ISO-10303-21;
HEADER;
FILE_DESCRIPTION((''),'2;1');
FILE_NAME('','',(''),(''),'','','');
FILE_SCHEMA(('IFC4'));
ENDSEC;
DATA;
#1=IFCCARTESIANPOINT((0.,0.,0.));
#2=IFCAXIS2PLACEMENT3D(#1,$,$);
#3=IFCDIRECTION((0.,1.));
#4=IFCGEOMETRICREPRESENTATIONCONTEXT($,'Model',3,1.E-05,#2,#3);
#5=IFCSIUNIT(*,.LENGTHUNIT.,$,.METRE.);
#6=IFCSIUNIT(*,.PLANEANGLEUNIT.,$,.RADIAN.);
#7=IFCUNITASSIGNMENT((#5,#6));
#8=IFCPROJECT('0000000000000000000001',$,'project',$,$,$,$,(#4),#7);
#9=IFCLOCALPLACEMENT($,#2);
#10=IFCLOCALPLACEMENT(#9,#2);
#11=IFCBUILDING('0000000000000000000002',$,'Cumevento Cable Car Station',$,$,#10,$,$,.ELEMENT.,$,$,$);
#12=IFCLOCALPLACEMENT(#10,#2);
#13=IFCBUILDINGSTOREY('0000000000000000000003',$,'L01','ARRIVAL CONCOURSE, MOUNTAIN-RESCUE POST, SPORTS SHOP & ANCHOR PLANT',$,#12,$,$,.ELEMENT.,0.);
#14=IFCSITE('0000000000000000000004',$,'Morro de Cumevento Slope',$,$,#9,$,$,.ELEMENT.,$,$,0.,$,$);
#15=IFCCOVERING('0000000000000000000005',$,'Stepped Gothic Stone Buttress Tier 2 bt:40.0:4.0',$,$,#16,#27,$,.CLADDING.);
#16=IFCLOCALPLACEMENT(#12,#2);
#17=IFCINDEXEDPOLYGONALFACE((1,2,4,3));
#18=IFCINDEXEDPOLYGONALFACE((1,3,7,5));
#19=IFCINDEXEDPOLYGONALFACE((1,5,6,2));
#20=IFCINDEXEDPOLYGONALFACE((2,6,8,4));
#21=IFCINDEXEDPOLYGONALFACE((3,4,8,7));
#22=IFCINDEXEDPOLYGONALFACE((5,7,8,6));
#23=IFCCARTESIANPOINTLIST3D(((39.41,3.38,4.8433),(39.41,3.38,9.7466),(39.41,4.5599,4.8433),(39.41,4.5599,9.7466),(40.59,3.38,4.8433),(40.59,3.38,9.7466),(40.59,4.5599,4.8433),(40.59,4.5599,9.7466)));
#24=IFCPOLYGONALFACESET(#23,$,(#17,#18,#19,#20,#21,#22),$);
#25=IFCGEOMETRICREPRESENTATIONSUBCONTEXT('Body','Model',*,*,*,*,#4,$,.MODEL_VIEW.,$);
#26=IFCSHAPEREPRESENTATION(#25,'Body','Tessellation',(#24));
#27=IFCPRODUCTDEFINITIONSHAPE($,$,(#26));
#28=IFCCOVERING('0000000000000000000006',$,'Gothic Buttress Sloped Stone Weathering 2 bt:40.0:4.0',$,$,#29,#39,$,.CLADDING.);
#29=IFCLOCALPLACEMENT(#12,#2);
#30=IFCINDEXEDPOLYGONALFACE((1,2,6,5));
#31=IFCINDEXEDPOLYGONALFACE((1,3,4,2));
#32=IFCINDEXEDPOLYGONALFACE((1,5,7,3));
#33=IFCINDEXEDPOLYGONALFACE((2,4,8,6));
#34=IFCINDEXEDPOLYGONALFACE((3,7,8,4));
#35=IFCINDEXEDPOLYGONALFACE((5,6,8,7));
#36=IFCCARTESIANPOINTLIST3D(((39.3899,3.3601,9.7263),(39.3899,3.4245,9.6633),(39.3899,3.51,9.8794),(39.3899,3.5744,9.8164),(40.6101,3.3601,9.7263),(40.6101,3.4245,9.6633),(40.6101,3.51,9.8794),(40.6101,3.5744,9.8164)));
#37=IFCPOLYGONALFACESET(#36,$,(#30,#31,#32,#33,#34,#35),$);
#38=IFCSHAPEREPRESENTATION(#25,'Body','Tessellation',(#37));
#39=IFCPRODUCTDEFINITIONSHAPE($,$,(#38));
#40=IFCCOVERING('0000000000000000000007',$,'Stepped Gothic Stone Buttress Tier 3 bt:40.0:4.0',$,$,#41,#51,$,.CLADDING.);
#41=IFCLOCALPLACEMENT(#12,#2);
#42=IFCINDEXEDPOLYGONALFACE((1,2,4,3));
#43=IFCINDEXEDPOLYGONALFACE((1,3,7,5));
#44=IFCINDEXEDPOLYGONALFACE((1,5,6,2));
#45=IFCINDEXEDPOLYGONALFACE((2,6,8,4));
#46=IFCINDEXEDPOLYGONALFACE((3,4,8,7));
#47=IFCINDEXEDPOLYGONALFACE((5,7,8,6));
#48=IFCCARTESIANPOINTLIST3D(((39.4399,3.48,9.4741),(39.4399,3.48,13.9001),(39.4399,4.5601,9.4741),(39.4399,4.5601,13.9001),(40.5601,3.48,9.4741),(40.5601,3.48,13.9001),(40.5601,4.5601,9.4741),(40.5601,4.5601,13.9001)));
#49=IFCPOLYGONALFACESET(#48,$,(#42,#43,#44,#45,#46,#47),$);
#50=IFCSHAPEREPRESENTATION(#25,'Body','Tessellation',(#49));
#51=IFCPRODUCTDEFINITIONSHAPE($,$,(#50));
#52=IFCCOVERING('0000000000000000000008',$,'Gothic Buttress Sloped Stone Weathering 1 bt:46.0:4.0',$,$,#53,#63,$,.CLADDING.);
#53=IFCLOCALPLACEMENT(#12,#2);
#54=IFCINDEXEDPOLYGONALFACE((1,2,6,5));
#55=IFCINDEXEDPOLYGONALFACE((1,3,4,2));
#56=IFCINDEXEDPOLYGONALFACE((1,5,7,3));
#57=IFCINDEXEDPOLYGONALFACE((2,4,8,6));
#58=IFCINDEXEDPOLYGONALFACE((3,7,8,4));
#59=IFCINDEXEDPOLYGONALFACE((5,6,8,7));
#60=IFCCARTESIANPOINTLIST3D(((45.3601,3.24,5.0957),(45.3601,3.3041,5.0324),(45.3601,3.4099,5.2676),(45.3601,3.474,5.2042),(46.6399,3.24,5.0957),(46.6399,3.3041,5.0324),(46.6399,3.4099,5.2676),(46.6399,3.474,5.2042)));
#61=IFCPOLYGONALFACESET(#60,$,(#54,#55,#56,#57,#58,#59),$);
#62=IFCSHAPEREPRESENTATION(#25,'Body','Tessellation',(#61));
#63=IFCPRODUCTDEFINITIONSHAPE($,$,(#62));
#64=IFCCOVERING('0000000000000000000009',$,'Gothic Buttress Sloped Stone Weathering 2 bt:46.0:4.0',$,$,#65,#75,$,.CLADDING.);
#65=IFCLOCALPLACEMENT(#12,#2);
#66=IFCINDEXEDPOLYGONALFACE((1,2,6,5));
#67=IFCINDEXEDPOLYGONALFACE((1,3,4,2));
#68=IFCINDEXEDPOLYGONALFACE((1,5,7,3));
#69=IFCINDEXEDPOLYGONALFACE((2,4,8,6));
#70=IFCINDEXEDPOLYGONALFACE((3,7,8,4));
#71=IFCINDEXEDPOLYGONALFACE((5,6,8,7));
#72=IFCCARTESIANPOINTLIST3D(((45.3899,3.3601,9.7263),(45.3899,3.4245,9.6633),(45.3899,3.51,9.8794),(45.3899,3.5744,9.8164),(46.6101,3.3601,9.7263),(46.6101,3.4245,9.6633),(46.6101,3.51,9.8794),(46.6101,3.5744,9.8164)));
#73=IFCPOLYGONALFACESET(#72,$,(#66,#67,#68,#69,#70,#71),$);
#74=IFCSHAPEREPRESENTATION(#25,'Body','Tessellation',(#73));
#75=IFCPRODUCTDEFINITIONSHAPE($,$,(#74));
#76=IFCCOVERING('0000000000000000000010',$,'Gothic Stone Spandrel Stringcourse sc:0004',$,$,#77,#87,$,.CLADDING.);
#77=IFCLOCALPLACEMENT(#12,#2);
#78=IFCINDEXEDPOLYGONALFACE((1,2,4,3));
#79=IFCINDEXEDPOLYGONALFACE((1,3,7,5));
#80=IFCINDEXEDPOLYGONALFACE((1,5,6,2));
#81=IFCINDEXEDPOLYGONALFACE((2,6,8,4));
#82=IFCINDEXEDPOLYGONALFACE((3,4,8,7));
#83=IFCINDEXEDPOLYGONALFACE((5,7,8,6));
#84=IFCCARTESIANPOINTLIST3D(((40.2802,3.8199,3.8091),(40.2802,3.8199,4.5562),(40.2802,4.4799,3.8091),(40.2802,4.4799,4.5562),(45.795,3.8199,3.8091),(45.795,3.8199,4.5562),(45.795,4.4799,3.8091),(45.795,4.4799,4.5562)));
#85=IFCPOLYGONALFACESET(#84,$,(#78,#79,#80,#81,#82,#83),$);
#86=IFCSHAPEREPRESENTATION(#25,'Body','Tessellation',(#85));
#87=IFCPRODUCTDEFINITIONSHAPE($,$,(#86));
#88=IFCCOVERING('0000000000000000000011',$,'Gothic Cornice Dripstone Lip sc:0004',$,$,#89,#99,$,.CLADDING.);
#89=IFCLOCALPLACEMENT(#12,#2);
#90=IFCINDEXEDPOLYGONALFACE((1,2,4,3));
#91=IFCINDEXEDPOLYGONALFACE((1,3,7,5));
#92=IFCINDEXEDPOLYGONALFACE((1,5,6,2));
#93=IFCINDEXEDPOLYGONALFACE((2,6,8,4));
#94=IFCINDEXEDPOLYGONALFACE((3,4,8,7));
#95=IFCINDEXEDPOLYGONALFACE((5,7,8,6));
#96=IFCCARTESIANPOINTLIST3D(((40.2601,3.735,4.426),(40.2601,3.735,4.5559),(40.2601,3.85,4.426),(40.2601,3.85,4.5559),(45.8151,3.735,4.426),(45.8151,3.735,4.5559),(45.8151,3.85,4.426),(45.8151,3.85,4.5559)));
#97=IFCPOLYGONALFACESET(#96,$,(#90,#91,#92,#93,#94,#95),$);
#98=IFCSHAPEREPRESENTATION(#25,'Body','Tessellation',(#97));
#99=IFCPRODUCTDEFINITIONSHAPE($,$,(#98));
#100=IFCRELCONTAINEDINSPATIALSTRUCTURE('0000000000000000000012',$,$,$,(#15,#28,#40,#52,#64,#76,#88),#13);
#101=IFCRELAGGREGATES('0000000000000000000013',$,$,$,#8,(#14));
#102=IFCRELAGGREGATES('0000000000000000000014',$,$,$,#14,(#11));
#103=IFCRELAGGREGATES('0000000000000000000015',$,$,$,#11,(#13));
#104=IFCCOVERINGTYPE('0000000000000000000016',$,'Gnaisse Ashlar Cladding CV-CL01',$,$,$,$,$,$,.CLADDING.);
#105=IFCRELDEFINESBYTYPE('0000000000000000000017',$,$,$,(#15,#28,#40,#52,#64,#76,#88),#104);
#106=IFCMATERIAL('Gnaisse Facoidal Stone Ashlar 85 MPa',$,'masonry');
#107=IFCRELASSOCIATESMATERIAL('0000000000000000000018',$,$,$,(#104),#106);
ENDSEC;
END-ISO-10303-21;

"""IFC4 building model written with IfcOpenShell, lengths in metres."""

from ifc_helpers import new_model, si_unit, direction, frame, origin, origin_2d, place, context, subcontext, project, spatial, polyline, rectangle, outline, extrude, material, type_object, element, save


model = new_model("IFC4")

# Units and contexts
model_context = context("Model", 3, precision=1e-05, world=origin(), true_north=direction((0.0, 1.0)))
body_context = subcontext(model_context, "Body", "Model", "MODEL_VIEW")
ifc_project = project(units=[si_unit("LENGTHUNIT", "METRE"), si_unit("PLANEANGLEUNIT", "RADIAN")], contexts=[model_context])

# Site, building, storey
site_placement = place(None, origin())
site = spatial("IfcSite", under=ifc_project, at=site_placement, Name="Morro de Cumevento Slope", CompositionType="ELEMENT", RefElevation=0.0)
building_placement = place(site_placement, origin())
building = spatial("IfcBuilding", under=site, at=building_placement, Name="Cumevento Cable Car Station", CompositionType="ELEMENT")
storey_placement = place(building_placement, origin())
storey = spatial("IfcBuildingStorey", under=building, at=storey_placement, Name="L01", Description="ARRIVAL CONCOURSE, MOUNTAIN-RESCUE POST, SPORTS SHOP & ANCHOR PLANT", CompositionType="ELEMENT", Elevation=0.0)

# Coverings
ifc_material_1 = material(Name="Gnaisse Facoidal Stone Ashlar 85 MPa", Category="masonry")
covering_type = type_object("IfcCoveringType", Name="Gnaisse Ashlar Cladding CV-CL01", PredefinedType="CLADDING", material=ifc_material_1)
covering_1_placement = place(storey_placement, frame((40.0, 3.97, 4.8433), z_axis=(0.0, 0.0, 1.0), x_axis=(1.0, 0.0, 0.0)))
element("IfcCovering", 1, at=covering_1_placement, inside=storey, type_object=covering_type, Name="Stepped Gothic Stone Buttress Tier 2 bt:40.0:4.0", PredefinedType="CLADDING", context=body_context, shape_type="SweptSolid", body=[
    extrude(rectangle(XDim=1.1799, YDim=1.1799, at=origin_2d()), origin(), (0.0, 0.0, 1.0), 4.9033),
])
covering_2_placement = place(storey_placement, frame((39.3899, 3.3601, 9.7263), z_axis=(0.0, -0.714475, 0.699661), x_axis=(1.0, 0.0, 0.0)))
element("IfcCovering", 2, at=covering_2_placement, inside=storey, type_object=covering_type, Name="Gothic Buttress Sloped Stone Weathering 2 bt:40.0:4.0", PredefinedType="CLADDING", context=body_context, shape_type="SweptSolid", body=[
    extrude(outline(polyline([(0.0, 0.0), (1.2202, 0.0), (1.2202, 0.2142), (0.0, 0.2142), (0.0, 0.0)])), origin(), (0.0, 0.0, -1.0), 0.0901),
])
covering_3_placement = place(storey_placement, frame((40.0, 4.02, 9.4741), z_axis=(0.0, 0.0, 1.0), x_axis=(1.0, 0.0, 0.0)))
element("IfcCovering", 3, at=covering_3_placement, inside=storey, type_object=covering_type, Name="Stepped Gothic Stone Buttress Tier 3 bt:40.0:4.0", PredefinedType="CLADDING", context=body_context, shape_type="SweptSolid", body=[
    extrude(rectangle(XDim=1.1201, YDim=1.0801, at=origin_2d()), origin(), (0.0, 0.0, 1.0), 4.426),
])
covering_4_placement = place(storey_placement, frame((45.3601, 3.24, 5.0957), z_axis=(0.0, -0.711136, 0.703055), x_axis=(1.0, 0.0, 0.0)))
element("IfcCovering", 4, at=covering_4_placement, inside=storey, type_object=covering_type, Name="Gothic Buttress Sloped Stone Weathering 1 bt:46.0:4.0", PredefinedType="CLADDING", context=body_context, shape_type="SweptSolid", body=[
    extrude(outline(polyline([(0.0, 0.0), (1.2798, 0.0), (1.2798, 0.2417), (0.0, 0.2417), (0.0, 0.0)])), origin(), (0.0, 0.0, -1.0), 0.0901),
])
covering_5_placement = place(storey_placement, frame((45.3899, 3.3601, 9.7263), z_axis=(0.0, -0.714475, 0.699661), x_axis=(1.0, 0.0, 0.0)))
element("IfcCovering", 5, at=covering_5_placement, inside=storey, type_object=covering_type, Name="Gothic Buttress Sloped Stone Weathering 2 bt:46.0:4.0", PredefinedType="CLADDING", context=body_context, shape_type="SweptSolid", body=[
    extrude(outline(polyline([(0.0, 0.0), (1.2202, 0.0), (1.2202, 0.2142), (0.0, 0.2142), (0.0, 0.0)])), origin(), (0.0, 0.0, -1.0), 0.0901),
])
covering_6_placement = place(storey_placement, frame((43.0376, 4.1499, 3.8091), z_axis=(0.0, 0.0, 1.0), x_axis=(-1.0, 0.0, 0.0)))
element("IfcCovering", 6, at=covering_6_placement, inside=storey, type_object=covering_type, Name="Gothic Stone Spandrel Stringcourse sc:0004", PredefinedType="CLADDING", context=body_context, shape_type="SweptSolid", body=[
    extrude(rectangle(XDim=5.5149, YDim=0.6599, at=origin_2d()), origin(), (0.0, 0.0, 1.0), 0.7471),
])
covering_7_placement = place(storey_placement, frame((43.0376, 3.7925, 4.426), z_axis=(0.0, 0.0, 1.0), x_axis=(-1.0, 0.0, 0.0)))
element("IfcCovering", 7, at=covering_7_placement, inside=storey, type_object=covering_type, Name="Gothic Cornice Dripstone Lip sc:0004", PredefinedType="CLADDING", context=body_context, shape_type="SweptSolid", body=[
    extrude(rectangle(XDim=5.5549, YDim=0.115, at=origin_2d()), origin(), (0.0, 0.0, 1.0), 0.1299),
])

save(model, "model.ifc")
